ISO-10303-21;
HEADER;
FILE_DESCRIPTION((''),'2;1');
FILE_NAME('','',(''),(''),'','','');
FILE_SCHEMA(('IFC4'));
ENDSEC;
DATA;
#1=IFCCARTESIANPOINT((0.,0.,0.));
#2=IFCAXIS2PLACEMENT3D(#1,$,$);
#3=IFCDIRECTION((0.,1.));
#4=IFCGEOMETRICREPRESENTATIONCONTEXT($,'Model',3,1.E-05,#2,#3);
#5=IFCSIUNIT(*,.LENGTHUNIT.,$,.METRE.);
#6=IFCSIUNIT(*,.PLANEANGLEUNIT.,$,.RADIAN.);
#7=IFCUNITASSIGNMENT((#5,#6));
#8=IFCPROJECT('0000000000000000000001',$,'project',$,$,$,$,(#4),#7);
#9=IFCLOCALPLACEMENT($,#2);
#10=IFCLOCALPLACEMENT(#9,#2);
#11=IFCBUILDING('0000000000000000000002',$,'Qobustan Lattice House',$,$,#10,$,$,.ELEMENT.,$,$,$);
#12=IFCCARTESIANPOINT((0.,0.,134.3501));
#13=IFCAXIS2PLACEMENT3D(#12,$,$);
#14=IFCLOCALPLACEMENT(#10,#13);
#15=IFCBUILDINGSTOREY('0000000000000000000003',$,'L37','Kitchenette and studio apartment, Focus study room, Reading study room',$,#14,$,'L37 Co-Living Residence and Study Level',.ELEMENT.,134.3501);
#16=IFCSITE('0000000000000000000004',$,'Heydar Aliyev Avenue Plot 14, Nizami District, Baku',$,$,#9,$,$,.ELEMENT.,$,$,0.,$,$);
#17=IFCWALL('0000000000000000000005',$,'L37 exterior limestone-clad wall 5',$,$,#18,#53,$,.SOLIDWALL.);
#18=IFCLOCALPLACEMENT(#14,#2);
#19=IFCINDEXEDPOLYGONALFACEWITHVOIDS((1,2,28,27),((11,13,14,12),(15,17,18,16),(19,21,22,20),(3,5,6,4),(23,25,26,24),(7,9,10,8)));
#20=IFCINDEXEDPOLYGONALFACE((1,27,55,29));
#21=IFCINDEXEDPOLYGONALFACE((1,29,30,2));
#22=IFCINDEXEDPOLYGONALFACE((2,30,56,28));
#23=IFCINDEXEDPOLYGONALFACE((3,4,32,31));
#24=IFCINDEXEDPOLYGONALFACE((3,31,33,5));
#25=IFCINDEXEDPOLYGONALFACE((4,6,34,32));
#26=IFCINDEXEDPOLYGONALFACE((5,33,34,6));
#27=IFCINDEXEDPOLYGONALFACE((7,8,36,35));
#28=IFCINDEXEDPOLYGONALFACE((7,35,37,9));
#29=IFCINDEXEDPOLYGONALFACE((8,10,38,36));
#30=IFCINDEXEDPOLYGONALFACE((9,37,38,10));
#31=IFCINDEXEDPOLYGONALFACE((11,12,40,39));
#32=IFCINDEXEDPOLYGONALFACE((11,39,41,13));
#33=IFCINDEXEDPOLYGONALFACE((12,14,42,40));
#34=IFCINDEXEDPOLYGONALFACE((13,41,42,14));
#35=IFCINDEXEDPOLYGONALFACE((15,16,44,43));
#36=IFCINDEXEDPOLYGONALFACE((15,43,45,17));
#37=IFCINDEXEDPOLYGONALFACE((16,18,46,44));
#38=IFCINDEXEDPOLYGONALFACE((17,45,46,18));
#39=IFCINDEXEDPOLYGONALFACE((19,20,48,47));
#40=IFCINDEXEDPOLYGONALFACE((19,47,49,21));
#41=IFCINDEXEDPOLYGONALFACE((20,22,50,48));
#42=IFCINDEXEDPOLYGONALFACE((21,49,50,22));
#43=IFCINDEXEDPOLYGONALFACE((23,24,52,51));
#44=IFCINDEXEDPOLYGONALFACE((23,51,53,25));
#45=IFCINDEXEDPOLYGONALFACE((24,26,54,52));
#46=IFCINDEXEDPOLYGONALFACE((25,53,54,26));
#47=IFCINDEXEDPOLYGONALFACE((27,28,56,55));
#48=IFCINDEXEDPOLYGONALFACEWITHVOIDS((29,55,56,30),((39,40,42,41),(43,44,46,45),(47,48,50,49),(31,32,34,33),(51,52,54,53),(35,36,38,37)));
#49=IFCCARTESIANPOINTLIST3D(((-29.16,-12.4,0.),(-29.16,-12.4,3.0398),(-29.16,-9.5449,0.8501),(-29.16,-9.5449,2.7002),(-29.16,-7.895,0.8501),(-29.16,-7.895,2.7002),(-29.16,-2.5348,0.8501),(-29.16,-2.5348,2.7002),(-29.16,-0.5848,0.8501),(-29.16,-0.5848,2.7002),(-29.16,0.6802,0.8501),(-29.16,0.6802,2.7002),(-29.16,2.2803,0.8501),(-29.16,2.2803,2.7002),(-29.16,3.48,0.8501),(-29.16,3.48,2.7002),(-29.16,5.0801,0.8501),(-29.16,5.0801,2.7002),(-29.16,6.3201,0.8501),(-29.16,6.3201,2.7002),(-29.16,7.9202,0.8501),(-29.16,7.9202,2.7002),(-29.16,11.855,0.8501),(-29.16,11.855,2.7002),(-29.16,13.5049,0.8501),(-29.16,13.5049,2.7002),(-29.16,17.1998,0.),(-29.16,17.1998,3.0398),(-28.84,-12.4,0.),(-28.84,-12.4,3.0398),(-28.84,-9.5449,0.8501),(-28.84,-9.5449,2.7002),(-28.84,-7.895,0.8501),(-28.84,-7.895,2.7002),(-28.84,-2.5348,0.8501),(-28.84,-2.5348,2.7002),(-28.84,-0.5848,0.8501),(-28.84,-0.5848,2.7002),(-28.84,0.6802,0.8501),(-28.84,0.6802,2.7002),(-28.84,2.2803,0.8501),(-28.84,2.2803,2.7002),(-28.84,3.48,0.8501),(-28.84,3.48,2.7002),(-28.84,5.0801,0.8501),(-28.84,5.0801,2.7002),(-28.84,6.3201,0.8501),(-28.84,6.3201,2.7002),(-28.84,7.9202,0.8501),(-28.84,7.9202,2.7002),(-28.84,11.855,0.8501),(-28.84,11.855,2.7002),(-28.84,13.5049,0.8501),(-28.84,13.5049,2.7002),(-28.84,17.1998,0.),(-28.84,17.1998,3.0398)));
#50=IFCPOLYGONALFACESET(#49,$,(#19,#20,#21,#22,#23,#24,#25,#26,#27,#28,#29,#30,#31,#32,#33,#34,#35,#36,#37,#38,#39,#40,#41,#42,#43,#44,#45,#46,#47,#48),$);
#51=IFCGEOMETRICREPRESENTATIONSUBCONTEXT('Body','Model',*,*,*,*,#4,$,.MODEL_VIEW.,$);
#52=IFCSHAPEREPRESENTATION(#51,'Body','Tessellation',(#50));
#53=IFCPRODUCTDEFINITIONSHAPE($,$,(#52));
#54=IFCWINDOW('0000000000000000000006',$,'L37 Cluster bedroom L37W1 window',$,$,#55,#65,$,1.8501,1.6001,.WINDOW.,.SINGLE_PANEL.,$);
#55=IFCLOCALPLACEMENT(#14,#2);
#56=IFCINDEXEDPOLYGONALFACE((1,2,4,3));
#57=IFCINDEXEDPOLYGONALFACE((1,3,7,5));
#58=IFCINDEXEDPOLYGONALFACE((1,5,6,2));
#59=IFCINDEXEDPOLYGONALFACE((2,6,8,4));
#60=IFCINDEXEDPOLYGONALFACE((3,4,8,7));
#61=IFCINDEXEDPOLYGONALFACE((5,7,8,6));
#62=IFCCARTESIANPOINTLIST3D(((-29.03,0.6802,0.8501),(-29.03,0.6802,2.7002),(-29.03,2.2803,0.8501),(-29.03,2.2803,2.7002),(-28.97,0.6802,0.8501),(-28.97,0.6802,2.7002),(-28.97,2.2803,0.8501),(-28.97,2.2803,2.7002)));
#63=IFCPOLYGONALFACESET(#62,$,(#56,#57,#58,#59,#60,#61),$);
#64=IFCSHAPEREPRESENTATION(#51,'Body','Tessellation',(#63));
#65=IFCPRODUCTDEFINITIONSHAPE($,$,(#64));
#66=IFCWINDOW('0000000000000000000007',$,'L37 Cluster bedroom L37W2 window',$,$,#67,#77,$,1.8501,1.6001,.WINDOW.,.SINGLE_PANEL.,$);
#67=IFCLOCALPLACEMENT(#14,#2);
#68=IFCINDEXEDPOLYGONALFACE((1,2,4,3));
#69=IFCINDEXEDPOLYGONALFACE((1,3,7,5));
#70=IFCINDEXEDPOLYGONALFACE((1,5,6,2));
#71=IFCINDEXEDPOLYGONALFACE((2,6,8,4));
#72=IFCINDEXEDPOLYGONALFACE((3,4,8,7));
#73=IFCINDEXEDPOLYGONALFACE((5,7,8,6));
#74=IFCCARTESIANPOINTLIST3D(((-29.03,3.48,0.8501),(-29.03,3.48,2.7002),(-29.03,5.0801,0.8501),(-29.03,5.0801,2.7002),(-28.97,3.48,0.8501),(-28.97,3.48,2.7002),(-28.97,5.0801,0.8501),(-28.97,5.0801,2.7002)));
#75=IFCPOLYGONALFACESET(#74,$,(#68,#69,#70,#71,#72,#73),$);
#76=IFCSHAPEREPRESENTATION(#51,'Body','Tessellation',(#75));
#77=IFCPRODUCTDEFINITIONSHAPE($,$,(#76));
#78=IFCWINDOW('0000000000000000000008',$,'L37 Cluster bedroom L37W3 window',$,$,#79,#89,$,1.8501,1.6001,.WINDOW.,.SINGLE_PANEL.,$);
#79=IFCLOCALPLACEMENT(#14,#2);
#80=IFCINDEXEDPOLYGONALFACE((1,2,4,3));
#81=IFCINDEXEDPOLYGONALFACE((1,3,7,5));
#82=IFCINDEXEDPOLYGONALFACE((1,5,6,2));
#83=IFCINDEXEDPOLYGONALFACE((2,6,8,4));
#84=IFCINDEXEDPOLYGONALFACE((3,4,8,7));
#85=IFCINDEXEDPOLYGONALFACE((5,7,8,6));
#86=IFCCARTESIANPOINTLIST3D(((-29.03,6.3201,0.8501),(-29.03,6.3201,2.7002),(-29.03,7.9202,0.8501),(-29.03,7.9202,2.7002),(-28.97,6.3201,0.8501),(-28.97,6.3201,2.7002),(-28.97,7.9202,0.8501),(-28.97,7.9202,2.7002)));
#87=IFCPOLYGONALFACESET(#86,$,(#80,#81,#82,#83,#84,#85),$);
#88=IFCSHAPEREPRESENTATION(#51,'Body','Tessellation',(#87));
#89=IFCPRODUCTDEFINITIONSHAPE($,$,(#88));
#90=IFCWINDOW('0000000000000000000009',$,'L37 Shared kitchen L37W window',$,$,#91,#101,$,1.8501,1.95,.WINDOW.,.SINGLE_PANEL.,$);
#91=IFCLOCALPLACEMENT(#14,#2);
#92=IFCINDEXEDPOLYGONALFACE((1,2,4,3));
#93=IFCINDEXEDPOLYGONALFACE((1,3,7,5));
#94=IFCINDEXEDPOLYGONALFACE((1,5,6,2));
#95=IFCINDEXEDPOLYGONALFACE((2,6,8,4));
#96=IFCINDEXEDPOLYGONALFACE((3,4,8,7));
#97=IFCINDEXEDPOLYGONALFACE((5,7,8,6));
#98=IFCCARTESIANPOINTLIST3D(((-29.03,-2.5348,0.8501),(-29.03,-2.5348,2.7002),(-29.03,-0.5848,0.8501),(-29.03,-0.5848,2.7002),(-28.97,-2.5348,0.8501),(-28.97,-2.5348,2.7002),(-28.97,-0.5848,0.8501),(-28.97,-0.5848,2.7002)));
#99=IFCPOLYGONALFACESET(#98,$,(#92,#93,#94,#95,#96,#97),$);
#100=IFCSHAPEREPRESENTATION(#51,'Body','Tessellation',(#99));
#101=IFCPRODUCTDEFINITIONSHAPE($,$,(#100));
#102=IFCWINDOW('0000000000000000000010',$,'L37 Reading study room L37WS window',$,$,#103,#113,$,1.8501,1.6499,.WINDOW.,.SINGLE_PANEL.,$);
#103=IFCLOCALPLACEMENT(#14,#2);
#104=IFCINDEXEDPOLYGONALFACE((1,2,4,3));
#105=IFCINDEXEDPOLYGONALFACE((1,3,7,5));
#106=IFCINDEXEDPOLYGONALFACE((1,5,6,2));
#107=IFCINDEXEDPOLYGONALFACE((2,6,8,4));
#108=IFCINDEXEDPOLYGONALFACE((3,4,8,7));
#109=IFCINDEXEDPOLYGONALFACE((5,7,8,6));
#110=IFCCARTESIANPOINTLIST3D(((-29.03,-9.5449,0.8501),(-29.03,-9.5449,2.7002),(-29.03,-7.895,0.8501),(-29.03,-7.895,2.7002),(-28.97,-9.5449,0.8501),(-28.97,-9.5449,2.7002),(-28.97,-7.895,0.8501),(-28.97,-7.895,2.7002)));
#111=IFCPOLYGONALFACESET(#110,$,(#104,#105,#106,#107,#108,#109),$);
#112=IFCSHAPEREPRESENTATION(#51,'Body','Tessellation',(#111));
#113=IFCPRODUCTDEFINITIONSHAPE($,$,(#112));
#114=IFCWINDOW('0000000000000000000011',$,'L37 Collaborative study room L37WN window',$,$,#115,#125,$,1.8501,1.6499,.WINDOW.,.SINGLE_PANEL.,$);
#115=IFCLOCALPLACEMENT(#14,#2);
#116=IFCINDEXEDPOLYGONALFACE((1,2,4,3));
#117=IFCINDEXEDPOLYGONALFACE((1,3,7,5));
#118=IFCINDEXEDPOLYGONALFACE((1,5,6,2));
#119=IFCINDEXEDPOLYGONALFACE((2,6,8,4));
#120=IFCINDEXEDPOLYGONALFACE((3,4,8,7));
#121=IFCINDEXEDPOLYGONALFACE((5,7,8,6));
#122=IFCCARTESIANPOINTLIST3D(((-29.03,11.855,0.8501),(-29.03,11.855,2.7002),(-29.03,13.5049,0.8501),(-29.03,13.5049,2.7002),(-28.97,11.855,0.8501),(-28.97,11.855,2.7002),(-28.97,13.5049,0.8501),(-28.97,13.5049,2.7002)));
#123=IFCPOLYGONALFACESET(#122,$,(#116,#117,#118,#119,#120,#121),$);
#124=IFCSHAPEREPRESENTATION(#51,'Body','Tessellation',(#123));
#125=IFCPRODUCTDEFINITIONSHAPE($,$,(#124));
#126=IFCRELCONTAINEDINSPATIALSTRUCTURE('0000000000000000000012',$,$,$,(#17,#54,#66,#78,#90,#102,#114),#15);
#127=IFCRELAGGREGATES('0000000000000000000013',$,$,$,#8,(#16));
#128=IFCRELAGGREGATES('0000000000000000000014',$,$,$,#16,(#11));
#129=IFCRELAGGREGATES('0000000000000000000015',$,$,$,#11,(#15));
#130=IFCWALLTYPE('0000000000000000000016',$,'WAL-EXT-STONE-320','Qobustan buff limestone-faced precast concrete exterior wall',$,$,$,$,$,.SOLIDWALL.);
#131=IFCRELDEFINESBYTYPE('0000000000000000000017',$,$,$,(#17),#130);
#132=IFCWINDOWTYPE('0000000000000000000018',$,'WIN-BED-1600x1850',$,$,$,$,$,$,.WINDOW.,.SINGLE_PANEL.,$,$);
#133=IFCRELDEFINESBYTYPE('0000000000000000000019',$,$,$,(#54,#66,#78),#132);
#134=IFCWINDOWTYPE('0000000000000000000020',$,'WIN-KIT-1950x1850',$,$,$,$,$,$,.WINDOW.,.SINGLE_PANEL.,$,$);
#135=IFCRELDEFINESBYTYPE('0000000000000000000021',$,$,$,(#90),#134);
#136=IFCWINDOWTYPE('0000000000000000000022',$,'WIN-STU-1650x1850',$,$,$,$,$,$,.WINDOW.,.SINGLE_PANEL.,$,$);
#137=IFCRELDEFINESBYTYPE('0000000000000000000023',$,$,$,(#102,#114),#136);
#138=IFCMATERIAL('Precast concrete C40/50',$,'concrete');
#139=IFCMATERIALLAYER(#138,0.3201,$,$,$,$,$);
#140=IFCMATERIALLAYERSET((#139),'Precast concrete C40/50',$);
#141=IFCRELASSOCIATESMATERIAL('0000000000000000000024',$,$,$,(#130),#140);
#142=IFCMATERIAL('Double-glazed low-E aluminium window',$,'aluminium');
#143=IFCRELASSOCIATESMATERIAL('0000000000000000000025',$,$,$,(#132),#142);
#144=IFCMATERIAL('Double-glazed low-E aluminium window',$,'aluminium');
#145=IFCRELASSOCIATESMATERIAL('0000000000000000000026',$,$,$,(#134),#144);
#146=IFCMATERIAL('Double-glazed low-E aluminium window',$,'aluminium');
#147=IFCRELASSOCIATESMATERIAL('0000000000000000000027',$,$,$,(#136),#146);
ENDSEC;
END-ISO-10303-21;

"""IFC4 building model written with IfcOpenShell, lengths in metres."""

from ifc_helpers import new_model, si_unit, direction, frame, frame_2d, origin, place, context, subcontext, project, spatial, rectangle, extrude, material, layer, layer_set, type_object, element, fill, save


model = new_model("IFC4")

# Units and contexts
model_context = context("Model", 3, precision=1e-05, world=origin(), true_north=direction((0.0, 1.0)))
body_context = subcontext(model_context, "Body", "Model", "MODEL_VIEW")
ifc_project = project(units=[si_unit("LENGTHUNIT", "METRE"), si_unit("PLANEANGLEUNIT", "RADIAN")], contexts=[model_context])

# Site, building, storey
site_placement = place(None, origin())
site = spatial("IfcSite", under=ifc_project, at=site_placement, Name="Heydar Aliyev Avenue Plot 14, Nizami District, Baku", CompositionType="ELEMENT", RefElevation=0.0)
building_placement = place(site_placement, origin())
building = spatial("IfcBuilding", under=site, at=building_placement, Name="Qobustan Lattice House", CompositionType="ELEMENT")
storey_placement = place(building_placement, frame((0.0, 0.0, 134.3501)))
storey = spatial("IfcBuildingStorey", under=building, at=storey_placement, Name="L37", Description="Kitchenette and studio apartment, Focus study room, Reading study room", LongName="L37 Co-Living Residence and Study Level", CompositionType="ELEMENT", Elevation=134.3501)

# Shared definitions
ifc_material_1 = material(Name="Precast concrete C40/50", Category="concrete")
ifc_layer_1 = layer(ifc_material_1, 0.3201)
ifc_layer_set_1 = layer_set([ifc_layer_1], Name="Precast concrete C40/50")
wall_type = type_object("IfcWallType", Name="WAL-EXT-STONE-320", Description="Qobustan buff limestone-faced precast concrete exterior wall", PredefinedType="SOLIDWALL", material=ifc_layer_set_1)

# Wall, openings, windows
wall_1_placement = place(storey_placement, frame((-29.0, -12.3999, 0.0), z_axis=(0.0, 0.0, 1.0), x_axis=(0.0, 1.0, 0.0)))
wall_1 = element("IfcWall", 1, at=wall_1_placement, inside=storey, type_object=wall_type, Name="L37 exterior limestone-clad wall 5", PredefinedType="SOLIDWALL", context=body_context, shape_type="SweptSolid", body=[
    extrude(rectangle(XDim=29.5999, YDim=0.3201, at=frame_2d((14.7998, 0.0))), origin(), (0.0, 0.0, 1.0), 3.0398),
])
opening_1_placement = place(wall_1_placement, frame((2.855, 0.0, 0.8501)))
opening_1 = element("IfcOpeningElement", 2, at=opening_1_placement, cuts=wall_1, PredefinedType="OPENING", context=body_context, shape_type="SweptSolid", body=[
    extrude(rectangle(XDim=1.6499, YDim=1.8501, at=frame_2d((0.825, 0.925))), frame((0.0, 0.1699, 0.0), z_axis=(0.0, -1.0, 0.0), x_axis=(1.0, 0.0, 0.0)), (0.0, 0.0, 1.0), 0.3401),
])
opening_2_placement = place(wall_1_placement, frame((9.865, 0.0, 0.8501)))
opening_2 = element("IfcOpeningElement", 3, at=opening_2_placement, cuts=wall_1, PredefinedType="OPENING", context=body_context, shape_type="SweptSolid", body=[
    extrude(rectangle(XDim=1.95, YDim=1.8501, at=frame_2d((0.9751, 0.925))), frame((0.0, 0.1699, 0.0), z_axis=(0.0, -1.0, 0.0), x_axis=(1.0, 0.0, 0.0)), (0.0, 0.0, 1.0), 0.3401),
])
opening_3_placement = place(wall_1_placement, frame((13.0801, 0.0, 0.8501)))
opening_3 = element("IfcOpeningElement", 4, at=opening_3_placement, cuts=wall_1, PredefinedType="OPENING", context=body_context, shape_type="SweptSolid", body=[
    extrude(rectangle(XDim=1.6001, YDim=1.8501, at=frame_2d((0.8, 0.925))), frame((0.0, 0.1699, 0.0), z_axis=(0.0, -1.0, 0.0), x_axis=(1.0, 0.0, 0.0)), (0.0, 0.0, 1.0), 0.3401),
])
opening_4_placement = place(wall_1_placement, frame((15.8799, 0.0, 0.8501)))
opening_4 = element("IfcOpeningElement", 5, at=opening_4_placement, cuts=wall_1, PredefinedType="OPENING", context=body_context, shape_type="SweptSolid", body=[
    extrude(rectangle(XDim=1.6001, YDim=1.8501, at=frame_2d((0.8, 0.925))), frame((0.0, 0.1699, 0.0), z_axis=(0.0, -1.0, 0.0), x_axis=(1.0, 0.0, 0.0)), (0.0, 0.0, 1.0), 0.3401),
])
opening_5_placement = place(wall_1_placement, frame((18.72, 0.0, 0.8501)))
opening_5 = element("IfcOpeningElement", 6, at=opening_5_placement, cuts=wall_1, PredefinedType="OPENING", context=body_context, shape_type="SweptSolid", body=[
    extrude(rectangle(XDim=1.6001, YDim=1.8501, at=frame_2d((0.8, 0.925))), frame((0.0, 0.1699, 0.0), z_axis=(0.0, -1.0, 0.0), x_axis=(1.0, 0.0, 0.0)), (0.0, 0.0, 1.0), 0.3401),
])
opening_6_placement = place(wall_1_placement, frame((24.2549, 0.0, 0.8501)))
opening_6 = element("IfcOpeningElement", 7, at=opening_6_placement, cuts=wall_1, PredefinedType="OPENING", context=body_context, shape_type="SweptSolid", body=[
    extrude(rectangle(XDim=1.6499, YDim=1.8501, at=frame_2d((0.825, 0.925))), frame((0.0, 0.1699, 0.0), z_axis=(0.0, -1.0, 0.0), x_axis=(1.0, 0.0, 0.0)), (0.0, 0.0, 1.0), 0.3401),
])
ifc_material_2 = material(Name="Double-glazed low-E aluminium window", Category="aluminium")
window_type_1 = type_object("IfcWindowType", Name="WIN-BED-1600x1850", PartitioningType="SINGLE_PANEL", PredefinedType="WINDOW", material=ifc_material_2)
window_1_placement = place(opening_3_placement, origin())
window_1 = element("IfcWindow", 8, at=window_1_placement, inside=storey, type_object=window_type_1, Name="L37 Cluster bedroom L37W1 window", OverallHeight=1.8501, OverallWidth=1.6001, PartitioningType="SINGLE_PANEL", PredefinedType="WINDOW", context=body_context, shape_type="SweptSolid", body=[
    extrude(rectangle(XDim=1.6001, YDim=1.8501, at=frame_2d((0.8, 0.925))), frame((0.0, 0.03, 0.0), z_axis=(0.0, -1.0, 0.0), x_axis=(1.0, 0.0, 0.0)), (0.0, 0.0, 1.0), 0.0601),
])
fill(opening_3, window_1)
window_2_placement = place(opening_4_placement, origin())
window_2 = element("IfcWindow", 9, at=window_2_placement, inside=storey, type_object=window_type_1, Name="L37 Cluster bedroom L37W2 window", OverallHeight=1.8501, OverallWidth=1.6001, PartitioningType="SINGLE_PANEL", PredefinedType="WINDOW", context=body_context, shape_type="SweptSolid", body=[
    extrude(rectangle(XDim=1.6001, YDim=1.8501, at=frame_2d((0.8, 0.925))), frame((0.0, 0.03, 0.0), z_axis=(0.0, -1.0, 0.0), x_axis=(1.0, 0.0, 0.0)), (0.0, 0.0, 1.0), 0.0601),
])
fill(opening_4, window_2)
window_3_placement = place(opening_5_placement, origin())
window_3 = element("IfcWindow", 10, at=window_3_placement, inside=storey, type_object=window_type_1, Name="L37 Cluster bedroom L37W3 window", OverallHeight=1.8501, OverallWidth=1.6001, PartitioningType="SINGLE_PANEL", PredefinedType="WINDOW", context=body_context, shape_type="SweptSolid", body=[
    extrude(rectangle(XDim=1.6001, YDim=1.8501, at=frame_2d((0.8, 0.925))), frame((0.0, 0.03, 0.0), z_axis=(0.0, -1.0, 0.0), x_axis=(1.0, 0.0, 0.0)), (0.0, 0.0, 1.0), 0.0601),
])
fill(opening_5, window_3)
ifc_material_3 = material(Name="Double-glazed low-E aluminium window", Category="aluminium")
window_type_2 = type_object("IfcWindowType", Name="WIN-KIT-1950x1850", PartitioningType="SINGLE_PANEL", PredefinedType="WINDOW", material=ifc_material_3)
window_4_placement = place(opening_2_placement, origin())
window_4 = element("IfcWindow", 11, at=window_4_placement, inside=storey, type_object=window_type_2, Name="L37 Shared kitchen L37W window", OverallHeight=1.8501, OverallWidth=1.95, PartitioningType="SINGLE_PANEL", PredefinedType="WINDOW", context=body_context, shape_type="SweptSolid", body=[
    extrude(rectangle(XDim=1.95, YDim=1.8501, at=frame_2d((0.9751, 0.925))), frame((0.0, 0.03, 0.0), z_axis=(0.0, -1.0, 0.0), x_axis=(1.0, 0.0, 0.0)), (0.0, 0.0, 1.0), 0.0601),
])
fill(opening_2, window_4)
ifc_material_4 = material(Name="Double-glazed low-E aluminium window", Category="aluminium")
window_type_3 = type_object("IfcWindowType", Name="WIN-STU-1650x1850", PartitioningType="SINGLE_PANEL", PredefinedType="WINDOW", material=ifc_material_4)
window_5_placement = place(opening_1_placement, origin())
window_5 = element("IfcWindow", 12, at=window_5_placement, inside=storey, type_object=window_type_3, Name="L37 Reading study room L37WS window", OverallHeight=1.8501, OverallWidth=1.6499, PartitioningType="SINGLE_PANEL", PredefinedType="WINDOW", context=body_context, shape_type="SweptSolid", body=[
    extrude(rectangle(XDim=1.6499, YDim=1.8501, at=frame_2d((0.825, 0.925))), frame((0.0, 0.03, 0.0), z_axis=(0.0, -1.0, 0.0), x_axis=(1.0, 0.0, 0.0)), (0.0, 0.0, 1.0), 0.0601),
])
fill(opening_1, window_5)
window_6_placement = place(opening_6_placement, origin())
window_6 = element("IfcWindow", 13, at=window_6_placement, inside=storey, type_object=window_type_3, Name="L37 Collaborative study room L37WN window", OverallHeight=1.8501, OverallWidth=1.6499, PartitioningType="SINGLE_PANEL", PredefinedType="WINDOW", context=body_context, shape_type="SweptSolid", body=[
    extrude(rectangle(XDim=1.6499, YDim=1.8501, at=frame_2d((0.825, 0.925))), frame((0.0, 0.03, 0.0), z_axis=(0.0, -1.0, 0.0), x_axis=(1.0, 0.0, 0.0)), (0.0, 0.0, 1.0), 0.0601),
])
fill(opening_6, window_6)

save(model, "model.ifc")
